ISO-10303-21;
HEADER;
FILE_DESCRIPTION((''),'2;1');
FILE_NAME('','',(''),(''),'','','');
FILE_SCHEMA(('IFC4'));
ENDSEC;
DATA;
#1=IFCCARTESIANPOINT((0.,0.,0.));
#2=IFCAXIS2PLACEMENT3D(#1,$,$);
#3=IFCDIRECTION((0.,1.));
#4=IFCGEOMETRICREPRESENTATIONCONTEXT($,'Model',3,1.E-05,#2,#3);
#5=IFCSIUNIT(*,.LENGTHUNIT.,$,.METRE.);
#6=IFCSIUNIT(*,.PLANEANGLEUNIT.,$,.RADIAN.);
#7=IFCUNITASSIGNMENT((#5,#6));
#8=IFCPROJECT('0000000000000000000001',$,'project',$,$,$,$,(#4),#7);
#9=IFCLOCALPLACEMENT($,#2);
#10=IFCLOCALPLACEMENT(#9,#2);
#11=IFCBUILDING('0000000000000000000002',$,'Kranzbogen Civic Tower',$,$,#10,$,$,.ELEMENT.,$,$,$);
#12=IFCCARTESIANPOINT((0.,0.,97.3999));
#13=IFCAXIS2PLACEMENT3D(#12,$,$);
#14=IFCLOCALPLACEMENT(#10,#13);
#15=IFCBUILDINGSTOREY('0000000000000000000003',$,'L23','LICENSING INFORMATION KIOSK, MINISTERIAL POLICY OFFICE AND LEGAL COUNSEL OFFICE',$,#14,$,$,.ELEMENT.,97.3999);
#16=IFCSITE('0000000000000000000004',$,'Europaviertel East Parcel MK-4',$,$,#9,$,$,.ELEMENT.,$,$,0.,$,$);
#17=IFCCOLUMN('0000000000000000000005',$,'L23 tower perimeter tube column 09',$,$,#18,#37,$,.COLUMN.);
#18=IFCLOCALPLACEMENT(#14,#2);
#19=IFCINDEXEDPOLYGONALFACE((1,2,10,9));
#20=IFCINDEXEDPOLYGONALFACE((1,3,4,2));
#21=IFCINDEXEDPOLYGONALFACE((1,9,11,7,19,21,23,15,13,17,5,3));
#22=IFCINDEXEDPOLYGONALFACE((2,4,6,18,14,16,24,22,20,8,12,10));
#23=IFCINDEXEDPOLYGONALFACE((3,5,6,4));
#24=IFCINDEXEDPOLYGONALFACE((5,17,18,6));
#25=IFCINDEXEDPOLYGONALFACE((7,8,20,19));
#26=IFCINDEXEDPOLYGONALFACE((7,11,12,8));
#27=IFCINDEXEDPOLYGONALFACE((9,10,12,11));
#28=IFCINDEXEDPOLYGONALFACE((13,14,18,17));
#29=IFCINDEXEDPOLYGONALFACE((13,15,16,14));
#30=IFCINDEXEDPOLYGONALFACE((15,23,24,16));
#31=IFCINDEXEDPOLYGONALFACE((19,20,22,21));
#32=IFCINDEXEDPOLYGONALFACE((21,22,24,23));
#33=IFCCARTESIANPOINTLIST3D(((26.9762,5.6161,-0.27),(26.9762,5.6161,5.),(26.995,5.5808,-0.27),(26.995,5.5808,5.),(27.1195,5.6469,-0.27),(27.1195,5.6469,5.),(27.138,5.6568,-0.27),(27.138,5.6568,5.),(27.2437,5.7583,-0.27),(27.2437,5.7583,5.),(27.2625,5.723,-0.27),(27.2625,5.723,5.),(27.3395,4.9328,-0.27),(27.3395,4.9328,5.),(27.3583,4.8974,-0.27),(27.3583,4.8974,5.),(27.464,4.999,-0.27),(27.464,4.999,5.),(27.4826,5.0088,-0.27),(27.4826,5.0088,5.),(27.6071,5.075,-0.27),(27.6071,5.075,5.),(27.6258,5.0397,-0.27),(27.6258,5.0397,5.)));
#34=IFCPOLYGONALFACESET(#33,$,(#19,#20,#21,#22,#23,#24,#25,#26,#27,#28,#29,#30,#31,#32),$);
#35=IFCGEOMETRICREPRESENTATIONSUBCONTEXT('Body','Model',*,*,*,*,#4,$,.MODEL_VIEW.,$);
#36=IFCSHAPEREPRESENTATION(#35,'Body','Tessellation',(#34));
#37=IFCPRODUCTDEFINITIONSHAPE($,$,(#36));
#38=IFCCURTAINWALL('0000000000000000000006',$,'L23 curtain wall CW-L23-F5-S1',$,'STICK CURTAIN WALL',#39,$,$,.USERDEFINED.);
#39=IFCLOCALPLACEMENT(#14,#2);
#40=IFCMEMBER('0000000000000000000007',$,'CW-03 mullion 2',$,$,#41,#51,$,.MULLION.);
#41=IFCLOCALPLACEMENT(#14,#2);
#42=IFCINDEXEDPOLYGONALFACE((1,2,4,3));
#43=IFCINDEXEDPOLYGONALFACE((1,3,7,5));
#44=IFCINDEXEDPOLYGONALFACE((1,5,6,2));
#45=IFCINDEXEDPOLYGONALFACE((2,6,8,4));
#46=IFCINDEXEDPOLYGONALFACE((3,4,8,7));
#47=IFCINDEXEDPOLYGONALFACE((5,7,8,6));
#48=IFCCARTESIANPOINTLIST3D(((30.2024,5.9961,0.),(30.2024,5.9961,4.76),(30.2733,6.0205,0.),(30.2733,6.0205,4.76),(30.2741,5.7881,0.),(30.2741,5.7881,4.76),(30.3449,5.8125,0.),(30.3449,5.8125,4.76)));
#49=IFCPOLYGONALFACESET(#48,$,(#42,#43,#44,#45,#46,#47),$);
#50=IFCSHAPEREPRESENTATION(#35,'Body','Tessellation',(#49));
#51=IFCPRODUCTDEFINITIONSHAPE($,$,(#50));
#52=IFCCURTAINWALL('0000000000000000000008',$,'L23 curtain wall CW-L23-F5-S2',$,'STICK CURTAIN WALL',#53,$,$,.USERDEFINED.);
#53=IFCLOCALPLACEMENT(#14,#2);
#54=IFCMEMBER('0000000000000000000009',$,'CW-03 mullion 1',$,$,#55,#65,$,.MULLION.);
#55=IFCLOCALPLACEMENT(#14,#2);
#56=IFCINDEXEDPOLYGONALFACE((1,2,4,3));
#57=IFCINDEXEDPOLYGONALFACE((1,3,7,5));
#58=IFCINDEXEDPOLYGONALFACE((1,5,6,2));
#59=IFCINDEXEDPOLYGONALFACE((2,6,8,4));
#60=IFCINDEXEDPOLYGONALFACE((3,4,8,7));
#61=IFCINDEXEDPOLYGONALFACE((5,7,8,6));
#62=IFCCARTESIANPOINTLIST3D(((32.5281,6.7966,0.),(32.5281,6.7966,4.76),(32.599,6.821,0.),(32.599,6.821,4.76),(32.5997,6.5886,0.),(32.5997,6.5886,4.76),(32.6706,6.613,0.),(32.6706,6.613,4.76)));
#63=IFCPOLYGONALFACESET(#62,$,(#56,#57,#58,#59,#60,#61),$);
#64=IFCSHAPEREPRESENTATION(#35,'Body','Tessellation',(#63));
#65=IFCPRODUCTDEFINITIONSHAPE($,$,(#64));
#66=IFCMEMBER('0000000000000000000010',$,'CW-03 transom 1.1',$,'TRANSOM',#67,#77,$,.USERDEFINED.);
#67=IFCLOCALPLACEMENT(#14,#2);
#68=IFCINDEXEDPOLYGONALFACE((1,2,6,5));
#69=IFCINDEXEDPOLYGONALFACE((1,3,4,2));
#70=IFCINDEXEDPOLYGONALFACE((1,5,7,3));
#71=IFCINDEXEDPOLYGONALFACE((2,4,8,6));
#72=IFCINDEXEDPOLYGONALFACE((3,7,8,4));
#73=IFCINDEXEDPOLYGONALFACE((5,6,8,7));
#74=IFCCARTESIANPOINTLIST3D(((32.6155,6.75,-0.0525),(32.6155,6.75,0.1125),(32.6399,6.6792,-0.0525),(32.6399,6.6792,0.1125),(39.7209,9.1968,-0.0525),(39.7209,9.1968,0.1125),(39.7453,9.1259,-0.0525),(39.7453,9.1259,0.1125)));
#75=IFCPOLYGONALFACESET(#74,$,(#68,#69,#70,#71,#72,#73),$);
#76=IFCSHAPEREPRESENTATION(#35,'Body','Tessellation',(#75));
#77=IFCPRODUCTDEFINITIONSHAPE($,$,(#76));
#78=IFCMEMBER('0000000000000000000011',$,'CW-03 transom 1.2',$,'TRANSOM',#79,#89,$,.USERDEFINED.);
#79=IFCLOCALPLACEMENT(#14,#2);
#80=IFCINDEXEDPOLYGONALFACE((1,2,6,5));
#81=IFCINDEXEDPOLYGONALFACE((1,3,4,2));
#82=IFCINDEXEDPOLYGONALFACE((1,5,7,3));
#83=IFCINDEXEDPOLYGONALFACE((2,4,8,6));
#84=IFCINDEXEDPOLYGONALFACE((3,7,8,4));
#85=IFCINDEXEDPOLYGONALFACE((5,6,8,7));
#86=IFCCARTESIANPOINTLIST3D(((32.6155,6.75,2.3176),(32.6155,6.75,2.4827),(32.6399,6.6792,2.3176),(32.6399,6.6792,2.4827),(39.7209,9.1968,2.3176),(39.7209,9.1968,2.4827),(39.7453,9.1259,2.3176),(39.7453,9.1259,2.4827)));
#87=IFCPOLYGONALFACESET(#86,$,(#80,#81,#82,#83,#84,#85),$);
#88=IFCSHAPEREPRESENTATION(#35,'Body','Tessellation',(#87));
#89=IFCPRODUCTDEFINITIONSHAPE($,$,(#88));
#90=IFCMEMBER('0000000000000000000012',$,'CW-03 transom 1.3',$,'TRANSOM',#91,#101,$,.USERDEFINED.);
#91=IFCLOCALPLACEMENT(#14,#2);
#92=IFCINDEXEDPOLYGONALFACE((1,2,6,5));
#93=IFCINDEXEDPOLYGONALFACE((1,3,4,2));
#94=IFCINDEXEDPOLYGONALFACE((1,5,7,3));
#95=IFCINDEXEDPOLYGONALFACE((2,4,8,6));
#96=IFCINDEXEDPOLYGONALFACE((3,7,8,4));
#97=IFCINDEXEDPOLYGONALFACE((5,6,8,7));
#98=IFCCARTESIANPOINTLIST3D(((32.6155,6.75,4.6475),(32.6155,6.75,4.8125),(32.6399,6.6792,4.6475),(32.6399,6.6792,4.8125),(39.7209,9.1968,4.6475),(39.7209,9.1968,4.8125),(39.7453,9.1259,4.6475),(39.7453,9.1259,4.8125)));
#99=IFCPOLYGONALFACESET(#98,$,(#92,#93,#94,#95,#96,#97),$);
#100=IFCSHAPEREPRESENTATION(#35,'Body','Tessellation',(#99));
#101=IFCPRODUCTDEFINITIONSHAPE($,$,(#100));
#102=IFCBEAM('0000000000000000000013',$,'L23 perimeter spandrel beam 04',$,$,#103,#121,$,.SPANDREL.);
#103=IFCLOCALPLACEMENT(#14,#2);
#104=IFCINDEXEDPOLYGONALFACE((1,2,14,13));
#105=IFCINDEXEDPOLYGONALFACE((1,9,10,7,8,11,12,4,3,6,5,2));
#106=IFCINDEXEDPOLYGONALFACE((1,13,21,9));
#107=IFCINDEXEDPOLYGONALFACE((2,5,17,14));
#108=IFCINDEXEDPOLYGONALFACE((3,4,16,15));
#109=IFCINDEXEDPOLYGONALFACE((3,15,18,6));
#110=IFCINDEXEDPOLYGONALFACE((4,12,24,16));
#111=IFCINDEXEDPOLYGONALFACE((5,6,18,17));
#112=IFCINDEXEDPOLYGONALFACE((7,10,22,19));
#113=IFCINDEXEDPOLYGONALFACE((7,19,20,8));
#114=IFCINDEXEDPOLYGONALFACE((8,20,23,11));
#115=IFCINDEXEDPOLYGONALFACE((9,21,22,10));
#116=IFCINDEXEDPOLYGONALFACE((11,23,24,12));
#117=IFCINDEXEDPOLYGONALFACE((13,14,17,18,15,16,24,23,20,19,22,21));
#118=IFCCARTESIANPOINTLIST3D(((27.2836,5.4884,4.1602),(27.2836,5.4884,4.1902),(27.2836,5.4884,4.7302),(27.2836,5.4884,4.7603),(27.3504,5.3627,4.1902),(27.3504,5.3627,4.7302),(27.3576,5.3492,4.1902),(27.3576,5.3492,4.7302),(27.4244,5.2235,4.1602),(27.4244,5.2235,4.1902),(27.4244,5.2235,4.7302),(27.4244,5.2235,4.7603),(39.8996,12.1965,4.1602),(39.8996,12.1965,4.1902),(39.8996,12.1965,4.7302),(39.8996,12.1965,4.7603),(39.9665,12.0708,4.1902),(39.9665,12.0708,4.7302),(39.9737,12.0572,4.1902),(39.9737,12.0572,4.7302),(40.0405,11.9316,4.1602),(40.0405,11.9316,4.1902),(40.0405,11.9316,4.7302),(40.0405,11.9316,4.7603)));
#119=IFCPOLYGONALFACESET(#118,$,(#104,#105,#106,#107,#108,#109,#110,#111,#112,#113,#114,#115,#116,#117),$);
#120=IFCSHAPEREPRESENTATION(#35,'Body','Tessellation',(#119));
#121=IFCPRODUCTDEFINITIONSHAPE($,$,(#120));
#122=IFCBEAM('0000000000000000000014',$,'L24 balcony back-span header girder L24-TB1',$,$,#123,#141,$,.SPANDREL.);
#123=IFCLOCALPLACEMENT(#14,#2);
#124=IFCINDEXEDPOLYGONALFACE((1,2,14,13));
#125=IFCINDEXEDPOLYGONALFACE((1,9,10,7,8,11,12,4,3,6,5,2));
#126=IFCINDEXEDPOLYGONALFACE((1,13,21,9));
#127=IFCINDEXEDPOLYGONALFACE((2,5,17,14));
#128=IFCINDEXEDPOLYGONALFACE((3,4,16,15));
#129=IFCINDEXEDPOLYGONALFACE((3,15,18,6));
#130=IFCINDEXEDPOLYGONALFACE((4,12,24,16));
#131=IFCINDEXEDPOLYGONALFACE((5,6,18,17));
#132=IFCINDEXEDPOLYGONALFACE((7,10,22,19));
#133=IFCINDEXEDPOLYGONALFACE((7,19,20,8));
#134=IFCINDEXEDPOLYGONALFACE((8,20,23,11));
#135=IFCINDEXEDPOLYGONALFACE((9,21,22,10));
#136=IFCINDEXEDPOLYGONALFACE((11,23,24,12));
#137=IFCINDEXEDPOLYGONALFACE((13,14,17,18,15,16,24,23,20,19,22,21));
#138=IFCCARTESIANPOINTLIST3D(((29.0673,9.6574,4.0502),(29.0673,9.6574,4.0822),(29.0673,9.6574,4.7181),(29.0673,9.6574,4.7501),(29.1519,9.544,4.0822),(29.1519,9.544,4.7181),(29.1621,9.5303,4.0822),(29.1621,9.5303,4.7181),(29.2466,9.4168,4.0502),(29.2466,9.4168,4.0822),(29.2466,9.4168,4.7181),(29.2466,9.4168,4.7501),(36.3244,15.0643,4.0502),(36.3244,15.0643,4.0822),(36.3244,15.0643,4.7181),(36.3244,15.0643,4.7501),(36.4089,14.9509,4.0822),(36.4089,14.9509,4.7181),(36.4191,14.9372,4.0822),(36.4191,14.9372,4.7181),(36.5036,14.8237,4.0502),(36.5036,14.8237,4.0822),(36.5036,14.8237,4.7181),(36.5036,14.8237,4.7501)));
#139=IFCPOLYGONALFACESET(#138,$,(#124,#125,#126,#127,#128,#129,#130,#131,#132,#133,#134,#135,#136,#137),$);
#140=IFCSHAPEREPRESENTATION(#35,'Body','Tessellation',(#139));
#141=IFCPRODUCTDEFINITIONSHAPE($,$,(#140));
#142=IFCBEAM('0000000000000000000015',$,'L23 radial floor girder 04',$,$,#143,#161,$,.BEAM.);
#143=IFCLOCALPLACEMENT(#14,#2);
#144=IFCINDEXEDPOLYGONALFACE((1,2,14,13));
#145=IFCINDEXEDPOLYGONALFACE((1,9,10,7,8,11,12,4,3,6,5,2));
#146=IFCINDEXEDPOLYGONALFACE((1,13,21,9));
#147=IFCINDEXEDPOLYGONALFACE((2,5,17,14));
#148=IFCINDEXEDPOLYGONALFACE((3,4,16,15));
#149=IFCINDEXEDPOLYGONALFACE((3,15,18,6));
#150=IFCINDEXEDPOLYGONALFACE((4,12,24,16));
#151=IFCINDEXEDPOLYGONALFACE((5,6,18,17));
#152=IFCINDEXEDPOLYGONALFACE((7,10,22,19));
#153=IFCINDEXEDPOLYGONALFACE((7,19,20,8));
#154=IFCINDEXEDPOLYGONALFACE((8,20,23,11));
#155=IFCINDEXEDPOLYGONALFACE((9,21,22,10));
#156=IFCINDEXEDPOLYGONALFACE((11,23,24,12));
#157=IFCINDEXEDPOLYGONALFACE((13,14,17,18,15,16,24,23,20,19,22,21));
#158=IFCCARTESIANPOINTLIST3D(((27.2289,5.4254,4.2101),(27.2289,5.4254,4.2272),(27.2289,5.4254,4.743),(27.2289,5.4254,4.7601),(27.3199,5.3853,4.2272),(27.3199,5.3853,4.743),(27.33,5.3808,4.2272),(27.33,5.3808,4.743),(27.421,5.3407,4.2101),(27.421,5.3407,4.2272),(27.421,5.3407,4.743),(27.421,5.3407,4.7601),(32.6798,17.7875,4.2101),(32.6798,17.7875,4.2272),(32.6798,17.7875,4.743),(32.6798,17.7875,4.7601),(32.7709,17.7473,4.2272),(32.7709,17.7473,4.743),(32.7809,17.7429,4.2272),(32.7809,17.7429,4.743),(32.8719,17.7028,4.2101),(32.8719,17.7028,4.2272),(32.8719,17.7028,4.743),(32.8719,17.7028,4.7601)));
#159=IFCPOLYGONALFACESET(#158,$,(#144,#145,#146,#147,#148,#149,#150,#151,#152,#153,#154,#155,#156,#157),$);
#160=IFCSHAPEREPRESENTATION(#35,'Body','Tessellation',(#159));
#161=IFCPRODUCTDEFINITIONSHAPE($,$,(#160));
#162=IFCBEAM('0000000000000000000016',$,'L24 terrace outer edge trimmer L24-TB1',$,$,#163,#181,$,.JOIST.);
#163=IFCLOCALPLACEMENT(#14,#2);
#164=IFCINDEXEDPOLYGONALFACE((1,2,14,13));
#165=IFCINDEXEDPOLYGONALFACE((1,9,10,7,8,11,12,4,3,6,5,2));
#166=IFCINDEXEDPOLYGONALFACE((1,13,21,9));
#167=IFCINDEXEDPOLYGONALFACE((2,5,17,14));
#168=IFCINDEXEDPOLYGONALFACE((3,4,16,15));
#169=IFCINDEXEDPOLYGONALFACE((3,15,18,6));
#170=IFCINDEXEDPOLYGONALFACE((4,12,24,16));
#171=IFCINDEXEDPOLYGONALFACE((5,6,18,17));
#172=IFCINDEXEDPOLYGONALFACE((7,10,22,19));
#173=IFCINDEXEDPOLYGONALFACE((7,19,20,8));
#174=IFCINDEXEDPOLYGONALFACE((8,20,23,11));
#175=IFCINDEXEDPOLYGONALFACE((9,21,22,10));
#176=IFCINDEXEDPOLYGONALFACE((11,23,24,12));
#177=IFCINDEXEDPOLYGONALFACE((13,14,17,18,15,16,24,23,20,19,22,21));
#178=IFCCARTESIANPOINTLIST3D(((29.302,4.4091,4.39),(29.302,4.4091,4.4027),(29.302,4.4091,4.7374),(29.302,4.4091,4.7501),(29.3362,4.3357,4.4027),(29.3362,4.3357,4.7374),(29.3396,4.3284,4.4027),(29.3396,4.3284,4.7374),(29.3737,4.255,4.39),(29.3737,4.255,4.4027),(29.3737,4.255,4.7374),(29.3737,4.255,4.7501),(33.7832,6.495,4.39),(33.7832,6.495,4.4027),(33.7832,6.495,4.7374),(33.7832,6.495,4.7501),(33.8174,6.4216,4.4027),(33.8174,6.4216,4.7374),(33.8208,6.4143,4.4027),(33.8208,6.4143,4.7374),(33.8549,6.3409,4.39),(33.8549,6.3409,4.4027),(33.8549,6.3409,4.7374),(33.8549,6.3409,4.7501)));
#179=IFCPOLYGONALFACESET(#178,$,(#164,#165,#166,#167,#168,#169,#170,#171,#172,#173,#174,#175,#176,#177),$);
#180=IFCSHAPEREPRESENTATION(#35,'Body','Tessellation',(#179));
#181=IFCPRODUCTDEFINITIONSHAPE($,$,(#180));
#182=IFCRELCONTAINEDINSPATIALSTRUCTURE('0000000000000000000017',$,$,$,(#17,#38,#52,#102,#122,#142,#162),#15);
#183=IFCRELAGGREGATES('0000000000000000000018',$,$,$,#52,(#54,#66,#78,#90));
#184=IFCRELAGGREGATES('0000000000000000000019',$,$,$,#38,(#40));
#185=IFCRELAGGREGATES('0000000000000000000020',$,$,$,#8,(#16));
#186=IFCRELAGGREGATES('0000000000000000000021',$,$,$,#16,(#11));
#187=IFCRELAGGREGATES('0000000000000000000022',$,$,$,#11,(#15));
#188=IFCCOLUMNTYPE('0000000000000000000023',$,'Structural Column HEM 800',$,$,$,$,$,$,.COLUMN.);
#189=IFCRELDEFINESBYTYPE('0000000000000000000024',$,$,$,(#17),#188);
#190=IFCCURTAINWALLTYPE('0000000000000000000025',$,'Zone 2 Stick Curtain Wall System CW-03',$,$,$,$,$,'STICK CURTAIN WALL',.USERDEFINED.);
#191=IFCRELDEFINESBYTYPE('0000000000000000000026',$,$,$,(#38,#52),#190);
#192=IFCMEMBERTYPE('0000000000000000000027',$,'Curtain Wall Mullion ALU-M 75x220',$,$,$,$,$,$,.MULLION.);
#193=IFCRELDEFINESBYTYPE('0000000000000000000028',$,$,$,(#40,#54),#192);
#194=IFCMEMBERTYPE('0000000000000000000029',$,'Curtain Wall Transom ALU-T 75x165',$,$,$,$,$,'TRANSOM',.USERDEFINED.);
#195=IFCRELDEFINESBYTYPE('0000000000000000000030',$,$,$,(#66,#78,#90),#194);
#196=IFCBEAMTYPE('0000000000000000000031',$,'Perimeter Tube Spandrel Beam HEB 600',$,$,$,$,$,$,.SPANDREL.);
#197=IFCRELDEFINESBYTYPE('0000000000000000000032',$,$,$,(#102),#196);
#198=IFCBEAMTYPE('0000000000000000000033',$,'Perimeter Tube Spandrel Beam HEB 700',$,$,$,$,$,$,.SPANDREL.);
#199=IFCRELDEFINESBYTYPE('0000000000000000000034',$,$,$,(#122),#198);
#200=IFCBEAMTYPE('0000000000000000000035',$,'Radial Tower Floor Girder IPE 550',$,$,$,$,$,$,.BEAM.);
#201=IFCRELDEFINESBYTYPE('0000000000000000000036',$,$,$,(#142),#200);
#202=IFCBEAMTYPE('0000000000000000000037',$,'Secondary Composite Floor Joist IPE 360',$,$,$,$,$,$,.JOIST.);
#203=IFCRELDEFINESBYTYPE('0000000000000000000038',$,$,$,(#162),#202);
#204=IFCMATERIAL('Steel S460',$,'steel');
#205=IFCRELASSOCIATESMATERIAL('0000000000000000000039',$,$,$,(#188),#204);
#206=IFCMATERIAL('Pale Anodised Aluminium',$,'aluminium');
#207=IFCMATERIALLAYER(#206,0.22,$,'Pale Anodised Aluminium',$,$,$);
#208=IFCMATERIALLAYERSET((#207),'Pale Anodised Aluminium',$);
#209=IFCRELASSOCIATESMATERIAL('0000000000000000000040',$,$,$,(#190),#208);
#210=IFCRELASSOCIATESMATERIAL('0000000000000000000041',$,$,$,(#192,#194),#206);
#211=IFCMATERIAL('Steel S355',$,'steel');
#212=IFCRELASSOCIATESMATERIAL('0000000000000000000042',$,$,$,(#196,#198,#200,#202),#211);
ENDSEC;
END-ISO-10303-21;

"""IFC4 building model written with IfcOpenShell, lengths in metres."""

from ifc_helpers import new_model, si_unit, direction, frame, origin, origin_2d, place, context, subcontext, project, spatial, rectangle, i_section, extrude, material, layer, layer_set, material_profile, profile_set, type_object, element, aggregate, save


model = new_model("IFC4")

# Units and contexts
model_context = context("Model", 3, precision=1e-05, world=origin(), true_north=direction((0.0, 1.0)))
body_context = subcontext(model_context, "Body", "Model", "MODEL_VIEW")
ifc_project = project(units=[si_unit("LENGTHUNIT", "METRE"), si_unit("PLANEANGLEUNIT", "RADIAN")], contexts=[model_context])

# Site, building, storey
site_placement = place(None, origin())
site = spatial("IfcSite", under=ifc_project, at=site_placement, Name="Europaviertel East Parcel MK-4", CompositionType="ELEMENT", RefElevation=0.0)
building_placement = place(site_placement, origin())
building = spatial("IfcBuilding", under=site, at=building_placement, Name="Kranzbogen Civic Tower", CompositionType="ELEMENT")
storey_placement = place(building_placement, frame((0.0, 0.0, 97.3999)))
storey = spatial("IfcBuildingStorey", under=building, at=storey_placement, Name="L23", Description="LICENSING INFORMATION KIOSK, MINISTERIAL POLICY OFFICE AND LEGAL COUNSEL OFFICE", CompositionType="ELEMENT", Elevation=97.3999)

# Column
ifc_material_1 = material(Name="Steel S460", Category="steel")
ifc_material_profile_1 = material_profile(ifc_material_1, i_section(OverallWidth=0.303, OverallDepth=0.814, WebThickness=0.021, FlangeThickness=0.04, at=origin_2d()), Name="HEM 800")
ifc_profile_set_1 = profile_set([ifc_material_profile_1], Name="Steel S460")
column_type = type_object("IfcColumnType", Name="Structural Column HEM 800", PredefinedType="COLUMN", material=ifc_profile_set_1)
column_placement = place(storey_placement, frame((27.301, 5.3279, -0.27), z_axis=(0.0, 0.0, 1.0), x_axis=(0.882948, 0.469472, 0.0)))
element("IfcColumn", 1, at=column_placement, inside=storey, type_object=column_type, Name="L23 tower perimeter tube column 09", PredefinedType="COLUMN", context=body_context, shape_type="SweptSolid", body=[
    extrude(i_section(OverallWidth=0.303, OverallDepth=0.814, WebThickness=0.021, FlangeThickness=0.04, at=origin_2d()), origin(), (0.0, 0.0, 1.0), 5.27),
])

# Curtain wall, member
ifc_material_2 = material(Name="Pale Anodised Aluminium", Category="aluminium")
ifc_layer_1 = layer(ifc_material_2, 0.22, Name="Pale Anodised Aluminium")
ifc_layer_set_1 = layer_set([ifc_layer_1], Name="Pale Anodised Aluminium")
curtain_wall_type = type_object("IfcCurtainWallType", Name="Zone 2 Stick Curtain Wall System CW-03", ElementType="STICK CURTAIN WALL", PredefinedType="USERDEFINED", material=ifc_layer_set_1)
curtain_wall_1_placement = place(storey_placement, origin())
curtain_wall_1 = element("IfcCurtainWall", 2, at=curtain_wall_1_placement, inside=storey, type_object=curtain_wall_type, Name="L23 curtain wall CW-L23-F5-S1", ObjectType="STICK CURTAIN WALL", PredefinedType="USERDEFINED")
ifc_material_profile_2 = material_profile(ifc_material_2, rectangle(XDim=0.075, YDim=0.22, at=origin_2d()), Name="ALU-M 75x220")
ifc_profile_set_2 = profile_set([ifc_material_profile_2], Name="Pale Anodised Aluminium")
member_type_1 = type_object("IfcMemberType", Name="Curtain Wall Mullion ALU-M 75x220", PredefinedType="MULLION", material=ifc_profile_set_2)
member_1_placement = place(storey_placement, frame((30.2737, 5.9043, 0.0), z_axis=(0.0, 0.0, 1.0), x_axis=(0.945493, 0.325643, 0.0)))
member_1 = element("IfcMember", 3, at=member_1_placement, type_object=member_type_1, Name="CW-03 mullion 2", PredefinedType="MULLION", context=body_context, shape_type="SweptSolid", body=[
    extrude(rectangle(XDim=0.075, YDim=0.22, at=origin_2d()), origin(), (0.0, 0.0, 1.0), 4.76),
])

# Curtain wall, members
curtain_wall_2_placement = place(storey_placement, origin())
curtain_wall_2 = element("IfcCurtainWall", 4, at=curtain_wall_2_placement, inside=storey, type_object=curtain_wall_type, Name="L23 curtain wall CW-L23-F5-S2", ObjectType="STICK CURTAIN WALL", PredefinedType="USERDEFINED")
member_2_placement = place(storey_placement, frame((32.5994, 6.7048, 0.0), z_axis=(0.0, 0.0, 1.0), x_axis=(0.945507, 0.325603, 0.0)))
member_2 = element("IfcMember", 5, at=member_2_placement, type_object=member_type_1, Name="CW-03 mullion 1", PredefinedType="MULLION", context=body_context, shape_type="SweptSolid", body=[
    extrude(rectangle(XDim=0.075, YDim=0.22, at=origin_2d()), origin(), (0.0, 0.0, 1.0), 4.76),
])
ifc_material_profile_3 = material_profile(ifc_material_2, rectangle(XDim=0.075, YDim=0.165, at=origin_2d()), Name="ALU-T 75x165")
ifc_profile_set_3 = profile_set([ifc_material_profile_3], Name="Pale Anodised Aluminium")
member_type_2 = type_object("IfcMemberType", Name="Curtain Wall Transom ALU-T 75x165", ElementType="TRANSOM", PredefinedType="USERDEFINED", material=ifc_profile_set_3)
member_3_placement = place(storey_placement, frame((32.6277, 6.7146, 0.03), z_axis=(0.945512, 0.325588, 0.0), x_axis=(-0.325588, 0.945512, 0.0)))
member_3 = element("IfcMember", 6, at=member_3_placement, type_object=member_type_2, Name="CW-03 transom 1.1", ObjectType="TRANSOM", PredefinedType="USERDEFINED", context=body_context, shape_type="SweptSolid", body=[
    extrude(rectangle(XDim=0.075, YDim=0.165, at=origin_2d()), origin(), (0.0, 0.0, 1.0), 7.5149),
])
member_4_placement = place(storey_placement, frame((32.6277, 6.7146, 2.4001), z_axis=(0.945512, 0.325588, 0.0), x_axis=(-0.325588, 0.945512, 0.0)))
member_4 = element("IfcMember", 7, at=member_4_placement, type_object=member_type_2, Name="CW-03 transom 1.2", ObjectType="TRANSOM", PredefinedType="USERDEFINED", context=body_context, shape_type="SweptSolid", body=[
    extrude(rectangle(XDim=0.075, YDim=0.165, at=origin_2d()), origin(), (0.0, 0.0, 1.0), 7.5149),
])
member_5_placement = place(storey_placement, frame((32.6277, 6.7146, 4.73), z_axis=(0.945512, 0.325588, 0.0), x_axis=(-0.325588, 0.945512, 0.0)))
member_5 = element("IfcMember", 8, at=member_5_placement, type_object=member_type_2, Name="CW-03 transom 1.3", ObjectType="TRANSOM", PredefinedType="USERDEFINED", context=body_context, shape_type="SweptSolid", body=[
    extrude(rectangle(XDim=0.075, YDim=0.165, at=origin_2d()), origin(), (0.0, 0.0, 1.0), 7.5149),
])
aggregate(curtain_wall_2, [member_2, member_3, member_4, member_5])

# Beams
ifc_material_3 = material(Name="Steel S355", Category="steel")
ifc_material_profile_4 = material_profile(ifc_material_3, i_section(OverallWidth=0.3, OverallDepth=0.6001, WebThickness=0.0154, FlangeThickness=0.03, at=origin_2d()), Name="HEB 600")
ifc_profile_set_4 = profile_set([ifc_material_profile_4], Name="Steel S355")
beam_type_1 = type_object("IfcBeamType", Name="Perimeter Tube Spandrel Beam HEB 600", PredefinedType="SPANDREL", material=ifc_profile_set_4)
beam_1_placement = place(storey_placement, frame((27.354, 5.356, 4.4602), z_axis=(0.882948, 0.46947, 0.0), x_axis=(-0.46947, 0.882948, 0.0)))
element("IfcBeam", 9, at=beam_1_placement, inside=storey, type_object=beam_type_1, Name="L23 perimeter spandrel beam 04", PredefinedType="SPANDREL", context=body_context, shape_type="SweptSolid", body=[
    extrude(i_section(OverallWidth=0.3, OverallDepth=0.6001, WebThickness=0.0154, FlangeThickness=0.03, at=origin_2d()), origin(), (0.0, 0.0, 1.0), 14.2886),
])
ifc_material_profile_5 = material_profile(ifc_material_3, i_section(OverallWidth=0.3, OverallDepth=0.7, WebThickness=0.0171, FlangeThickness=0.032, at=origin_2d()), Name="HEB 700")
ifc_profile_set_5 = profile_set([ifc_material_profile_5], Name="Steel S355")
beam_type_2 = type_object("IfcBeamType", Name="Perimeter Tube Spandrel Beam HEB 700", PredefinedType="SPANDREL", material=ifc_profile_set_5)
beam_2_placement = place(storey_placement, frame((29.157, 9.5371, 4.4001), z_axis=(0.801896, 0.597463, 0.0), x_axis=(-0.597463, 0.801896, 0.0)))
element("IfcBeam", 10, at=beam_2_placement, inside=storey, type_object=beam_type_2, Name="L24 balcony back-span header girder L24-TB1", PredefinedType="SPANDREL", context=body_context, shape_type="SweptSolid", body=[
    extrude(i_section(OverallWidth=0.3, OverallDepth=0.7, WebThickness=0.0171, FlangeThickness=0.032, at=origin_2d()), origin(), (0.0, 0.0, 1.0), 9.0498),
])
ifc_material_profile_6 = material_profile(ifc_material_3, i_section(OverallWidth=0.21, OverallDepth=0.55, WebThickness=0.011, FlangeThickness=0.0171, at=origin_2d()), Name="IPE 550")
ifc_profile_set_6 = profile_set([ifc_material_profile_6], Name="Steel S355")
beam_type_3 = type_object("IfcBeamType", Name="Radial Tower Floor Girder IPE 550", PredefinedType="BEAM", material=ifc_profile_set_6)
beam_3_placement = place(storey_placement, frame((27.325, 5.3831, 4.4851), z_axis=(0.403459, 0.914998, 0.0), x_axis=(-0.914998, 0.403459, 0.0)))
element("IfcBeam", 11, at=beam_3_placement, inside=storey, type_object=beam_type_3, Name="L23 radial floor girder 04", PredefinedType="BEAM", context=body_context, shape_type="SweptSolid", body=[
    extrude(i_section(OverallWidth=0.21, OverallDepth=0.55, WebThickness=0.011, FlangeThickness=0.0171, at=origin_2d()), origin(), (0.0, 0.0, 1.0), 13.5105),
])
ifc_material_profile_7 = material_profile(ifc_material_3, i_section(OverallWidth=0.1699, OverallDepth=0.3601, WebThickness=0.0081, FlangeThickness=0.0127, at=origin_2d()), Name="IPE 360")
ifc_profile_set_7 = profile_set([ifc_material_profile_7], Name="Steel S355")
beam_type_4 = type_object("IfcBeamType", Name="Secondary Composite Floor Joist IPE 360", PredefinedType="JOIST", material=ifc_profile_set_7)
beam_4_placement = place(storey_placement, frame((29.3379, 4.332, 4.5701), z_axis=(0.906593, 0.422006, 0.0), x_axis=(-0.422006, 0.906593, 0.0)))
element("IfcBeam", 12, at=beam_4_placement, inside=storey, type_object=beam_type_4, Name="L24 terrace outer edge trimmer L24-TB1", PredefinedType="JOIST", context=body_context, shape_type="SweptSolid", body=[
    extrude(i_section(OverallWidth=0.1699, OverallDepth=0.3601, WebThickness=0.0081, FlangeThickness=0.0127, at=origin_2d()), origin(), (0.0, 0.0, 1.0), 4.9429),
])

aggregate(curtain_wall_1, [member_1])

save(model, "model.ifc")
